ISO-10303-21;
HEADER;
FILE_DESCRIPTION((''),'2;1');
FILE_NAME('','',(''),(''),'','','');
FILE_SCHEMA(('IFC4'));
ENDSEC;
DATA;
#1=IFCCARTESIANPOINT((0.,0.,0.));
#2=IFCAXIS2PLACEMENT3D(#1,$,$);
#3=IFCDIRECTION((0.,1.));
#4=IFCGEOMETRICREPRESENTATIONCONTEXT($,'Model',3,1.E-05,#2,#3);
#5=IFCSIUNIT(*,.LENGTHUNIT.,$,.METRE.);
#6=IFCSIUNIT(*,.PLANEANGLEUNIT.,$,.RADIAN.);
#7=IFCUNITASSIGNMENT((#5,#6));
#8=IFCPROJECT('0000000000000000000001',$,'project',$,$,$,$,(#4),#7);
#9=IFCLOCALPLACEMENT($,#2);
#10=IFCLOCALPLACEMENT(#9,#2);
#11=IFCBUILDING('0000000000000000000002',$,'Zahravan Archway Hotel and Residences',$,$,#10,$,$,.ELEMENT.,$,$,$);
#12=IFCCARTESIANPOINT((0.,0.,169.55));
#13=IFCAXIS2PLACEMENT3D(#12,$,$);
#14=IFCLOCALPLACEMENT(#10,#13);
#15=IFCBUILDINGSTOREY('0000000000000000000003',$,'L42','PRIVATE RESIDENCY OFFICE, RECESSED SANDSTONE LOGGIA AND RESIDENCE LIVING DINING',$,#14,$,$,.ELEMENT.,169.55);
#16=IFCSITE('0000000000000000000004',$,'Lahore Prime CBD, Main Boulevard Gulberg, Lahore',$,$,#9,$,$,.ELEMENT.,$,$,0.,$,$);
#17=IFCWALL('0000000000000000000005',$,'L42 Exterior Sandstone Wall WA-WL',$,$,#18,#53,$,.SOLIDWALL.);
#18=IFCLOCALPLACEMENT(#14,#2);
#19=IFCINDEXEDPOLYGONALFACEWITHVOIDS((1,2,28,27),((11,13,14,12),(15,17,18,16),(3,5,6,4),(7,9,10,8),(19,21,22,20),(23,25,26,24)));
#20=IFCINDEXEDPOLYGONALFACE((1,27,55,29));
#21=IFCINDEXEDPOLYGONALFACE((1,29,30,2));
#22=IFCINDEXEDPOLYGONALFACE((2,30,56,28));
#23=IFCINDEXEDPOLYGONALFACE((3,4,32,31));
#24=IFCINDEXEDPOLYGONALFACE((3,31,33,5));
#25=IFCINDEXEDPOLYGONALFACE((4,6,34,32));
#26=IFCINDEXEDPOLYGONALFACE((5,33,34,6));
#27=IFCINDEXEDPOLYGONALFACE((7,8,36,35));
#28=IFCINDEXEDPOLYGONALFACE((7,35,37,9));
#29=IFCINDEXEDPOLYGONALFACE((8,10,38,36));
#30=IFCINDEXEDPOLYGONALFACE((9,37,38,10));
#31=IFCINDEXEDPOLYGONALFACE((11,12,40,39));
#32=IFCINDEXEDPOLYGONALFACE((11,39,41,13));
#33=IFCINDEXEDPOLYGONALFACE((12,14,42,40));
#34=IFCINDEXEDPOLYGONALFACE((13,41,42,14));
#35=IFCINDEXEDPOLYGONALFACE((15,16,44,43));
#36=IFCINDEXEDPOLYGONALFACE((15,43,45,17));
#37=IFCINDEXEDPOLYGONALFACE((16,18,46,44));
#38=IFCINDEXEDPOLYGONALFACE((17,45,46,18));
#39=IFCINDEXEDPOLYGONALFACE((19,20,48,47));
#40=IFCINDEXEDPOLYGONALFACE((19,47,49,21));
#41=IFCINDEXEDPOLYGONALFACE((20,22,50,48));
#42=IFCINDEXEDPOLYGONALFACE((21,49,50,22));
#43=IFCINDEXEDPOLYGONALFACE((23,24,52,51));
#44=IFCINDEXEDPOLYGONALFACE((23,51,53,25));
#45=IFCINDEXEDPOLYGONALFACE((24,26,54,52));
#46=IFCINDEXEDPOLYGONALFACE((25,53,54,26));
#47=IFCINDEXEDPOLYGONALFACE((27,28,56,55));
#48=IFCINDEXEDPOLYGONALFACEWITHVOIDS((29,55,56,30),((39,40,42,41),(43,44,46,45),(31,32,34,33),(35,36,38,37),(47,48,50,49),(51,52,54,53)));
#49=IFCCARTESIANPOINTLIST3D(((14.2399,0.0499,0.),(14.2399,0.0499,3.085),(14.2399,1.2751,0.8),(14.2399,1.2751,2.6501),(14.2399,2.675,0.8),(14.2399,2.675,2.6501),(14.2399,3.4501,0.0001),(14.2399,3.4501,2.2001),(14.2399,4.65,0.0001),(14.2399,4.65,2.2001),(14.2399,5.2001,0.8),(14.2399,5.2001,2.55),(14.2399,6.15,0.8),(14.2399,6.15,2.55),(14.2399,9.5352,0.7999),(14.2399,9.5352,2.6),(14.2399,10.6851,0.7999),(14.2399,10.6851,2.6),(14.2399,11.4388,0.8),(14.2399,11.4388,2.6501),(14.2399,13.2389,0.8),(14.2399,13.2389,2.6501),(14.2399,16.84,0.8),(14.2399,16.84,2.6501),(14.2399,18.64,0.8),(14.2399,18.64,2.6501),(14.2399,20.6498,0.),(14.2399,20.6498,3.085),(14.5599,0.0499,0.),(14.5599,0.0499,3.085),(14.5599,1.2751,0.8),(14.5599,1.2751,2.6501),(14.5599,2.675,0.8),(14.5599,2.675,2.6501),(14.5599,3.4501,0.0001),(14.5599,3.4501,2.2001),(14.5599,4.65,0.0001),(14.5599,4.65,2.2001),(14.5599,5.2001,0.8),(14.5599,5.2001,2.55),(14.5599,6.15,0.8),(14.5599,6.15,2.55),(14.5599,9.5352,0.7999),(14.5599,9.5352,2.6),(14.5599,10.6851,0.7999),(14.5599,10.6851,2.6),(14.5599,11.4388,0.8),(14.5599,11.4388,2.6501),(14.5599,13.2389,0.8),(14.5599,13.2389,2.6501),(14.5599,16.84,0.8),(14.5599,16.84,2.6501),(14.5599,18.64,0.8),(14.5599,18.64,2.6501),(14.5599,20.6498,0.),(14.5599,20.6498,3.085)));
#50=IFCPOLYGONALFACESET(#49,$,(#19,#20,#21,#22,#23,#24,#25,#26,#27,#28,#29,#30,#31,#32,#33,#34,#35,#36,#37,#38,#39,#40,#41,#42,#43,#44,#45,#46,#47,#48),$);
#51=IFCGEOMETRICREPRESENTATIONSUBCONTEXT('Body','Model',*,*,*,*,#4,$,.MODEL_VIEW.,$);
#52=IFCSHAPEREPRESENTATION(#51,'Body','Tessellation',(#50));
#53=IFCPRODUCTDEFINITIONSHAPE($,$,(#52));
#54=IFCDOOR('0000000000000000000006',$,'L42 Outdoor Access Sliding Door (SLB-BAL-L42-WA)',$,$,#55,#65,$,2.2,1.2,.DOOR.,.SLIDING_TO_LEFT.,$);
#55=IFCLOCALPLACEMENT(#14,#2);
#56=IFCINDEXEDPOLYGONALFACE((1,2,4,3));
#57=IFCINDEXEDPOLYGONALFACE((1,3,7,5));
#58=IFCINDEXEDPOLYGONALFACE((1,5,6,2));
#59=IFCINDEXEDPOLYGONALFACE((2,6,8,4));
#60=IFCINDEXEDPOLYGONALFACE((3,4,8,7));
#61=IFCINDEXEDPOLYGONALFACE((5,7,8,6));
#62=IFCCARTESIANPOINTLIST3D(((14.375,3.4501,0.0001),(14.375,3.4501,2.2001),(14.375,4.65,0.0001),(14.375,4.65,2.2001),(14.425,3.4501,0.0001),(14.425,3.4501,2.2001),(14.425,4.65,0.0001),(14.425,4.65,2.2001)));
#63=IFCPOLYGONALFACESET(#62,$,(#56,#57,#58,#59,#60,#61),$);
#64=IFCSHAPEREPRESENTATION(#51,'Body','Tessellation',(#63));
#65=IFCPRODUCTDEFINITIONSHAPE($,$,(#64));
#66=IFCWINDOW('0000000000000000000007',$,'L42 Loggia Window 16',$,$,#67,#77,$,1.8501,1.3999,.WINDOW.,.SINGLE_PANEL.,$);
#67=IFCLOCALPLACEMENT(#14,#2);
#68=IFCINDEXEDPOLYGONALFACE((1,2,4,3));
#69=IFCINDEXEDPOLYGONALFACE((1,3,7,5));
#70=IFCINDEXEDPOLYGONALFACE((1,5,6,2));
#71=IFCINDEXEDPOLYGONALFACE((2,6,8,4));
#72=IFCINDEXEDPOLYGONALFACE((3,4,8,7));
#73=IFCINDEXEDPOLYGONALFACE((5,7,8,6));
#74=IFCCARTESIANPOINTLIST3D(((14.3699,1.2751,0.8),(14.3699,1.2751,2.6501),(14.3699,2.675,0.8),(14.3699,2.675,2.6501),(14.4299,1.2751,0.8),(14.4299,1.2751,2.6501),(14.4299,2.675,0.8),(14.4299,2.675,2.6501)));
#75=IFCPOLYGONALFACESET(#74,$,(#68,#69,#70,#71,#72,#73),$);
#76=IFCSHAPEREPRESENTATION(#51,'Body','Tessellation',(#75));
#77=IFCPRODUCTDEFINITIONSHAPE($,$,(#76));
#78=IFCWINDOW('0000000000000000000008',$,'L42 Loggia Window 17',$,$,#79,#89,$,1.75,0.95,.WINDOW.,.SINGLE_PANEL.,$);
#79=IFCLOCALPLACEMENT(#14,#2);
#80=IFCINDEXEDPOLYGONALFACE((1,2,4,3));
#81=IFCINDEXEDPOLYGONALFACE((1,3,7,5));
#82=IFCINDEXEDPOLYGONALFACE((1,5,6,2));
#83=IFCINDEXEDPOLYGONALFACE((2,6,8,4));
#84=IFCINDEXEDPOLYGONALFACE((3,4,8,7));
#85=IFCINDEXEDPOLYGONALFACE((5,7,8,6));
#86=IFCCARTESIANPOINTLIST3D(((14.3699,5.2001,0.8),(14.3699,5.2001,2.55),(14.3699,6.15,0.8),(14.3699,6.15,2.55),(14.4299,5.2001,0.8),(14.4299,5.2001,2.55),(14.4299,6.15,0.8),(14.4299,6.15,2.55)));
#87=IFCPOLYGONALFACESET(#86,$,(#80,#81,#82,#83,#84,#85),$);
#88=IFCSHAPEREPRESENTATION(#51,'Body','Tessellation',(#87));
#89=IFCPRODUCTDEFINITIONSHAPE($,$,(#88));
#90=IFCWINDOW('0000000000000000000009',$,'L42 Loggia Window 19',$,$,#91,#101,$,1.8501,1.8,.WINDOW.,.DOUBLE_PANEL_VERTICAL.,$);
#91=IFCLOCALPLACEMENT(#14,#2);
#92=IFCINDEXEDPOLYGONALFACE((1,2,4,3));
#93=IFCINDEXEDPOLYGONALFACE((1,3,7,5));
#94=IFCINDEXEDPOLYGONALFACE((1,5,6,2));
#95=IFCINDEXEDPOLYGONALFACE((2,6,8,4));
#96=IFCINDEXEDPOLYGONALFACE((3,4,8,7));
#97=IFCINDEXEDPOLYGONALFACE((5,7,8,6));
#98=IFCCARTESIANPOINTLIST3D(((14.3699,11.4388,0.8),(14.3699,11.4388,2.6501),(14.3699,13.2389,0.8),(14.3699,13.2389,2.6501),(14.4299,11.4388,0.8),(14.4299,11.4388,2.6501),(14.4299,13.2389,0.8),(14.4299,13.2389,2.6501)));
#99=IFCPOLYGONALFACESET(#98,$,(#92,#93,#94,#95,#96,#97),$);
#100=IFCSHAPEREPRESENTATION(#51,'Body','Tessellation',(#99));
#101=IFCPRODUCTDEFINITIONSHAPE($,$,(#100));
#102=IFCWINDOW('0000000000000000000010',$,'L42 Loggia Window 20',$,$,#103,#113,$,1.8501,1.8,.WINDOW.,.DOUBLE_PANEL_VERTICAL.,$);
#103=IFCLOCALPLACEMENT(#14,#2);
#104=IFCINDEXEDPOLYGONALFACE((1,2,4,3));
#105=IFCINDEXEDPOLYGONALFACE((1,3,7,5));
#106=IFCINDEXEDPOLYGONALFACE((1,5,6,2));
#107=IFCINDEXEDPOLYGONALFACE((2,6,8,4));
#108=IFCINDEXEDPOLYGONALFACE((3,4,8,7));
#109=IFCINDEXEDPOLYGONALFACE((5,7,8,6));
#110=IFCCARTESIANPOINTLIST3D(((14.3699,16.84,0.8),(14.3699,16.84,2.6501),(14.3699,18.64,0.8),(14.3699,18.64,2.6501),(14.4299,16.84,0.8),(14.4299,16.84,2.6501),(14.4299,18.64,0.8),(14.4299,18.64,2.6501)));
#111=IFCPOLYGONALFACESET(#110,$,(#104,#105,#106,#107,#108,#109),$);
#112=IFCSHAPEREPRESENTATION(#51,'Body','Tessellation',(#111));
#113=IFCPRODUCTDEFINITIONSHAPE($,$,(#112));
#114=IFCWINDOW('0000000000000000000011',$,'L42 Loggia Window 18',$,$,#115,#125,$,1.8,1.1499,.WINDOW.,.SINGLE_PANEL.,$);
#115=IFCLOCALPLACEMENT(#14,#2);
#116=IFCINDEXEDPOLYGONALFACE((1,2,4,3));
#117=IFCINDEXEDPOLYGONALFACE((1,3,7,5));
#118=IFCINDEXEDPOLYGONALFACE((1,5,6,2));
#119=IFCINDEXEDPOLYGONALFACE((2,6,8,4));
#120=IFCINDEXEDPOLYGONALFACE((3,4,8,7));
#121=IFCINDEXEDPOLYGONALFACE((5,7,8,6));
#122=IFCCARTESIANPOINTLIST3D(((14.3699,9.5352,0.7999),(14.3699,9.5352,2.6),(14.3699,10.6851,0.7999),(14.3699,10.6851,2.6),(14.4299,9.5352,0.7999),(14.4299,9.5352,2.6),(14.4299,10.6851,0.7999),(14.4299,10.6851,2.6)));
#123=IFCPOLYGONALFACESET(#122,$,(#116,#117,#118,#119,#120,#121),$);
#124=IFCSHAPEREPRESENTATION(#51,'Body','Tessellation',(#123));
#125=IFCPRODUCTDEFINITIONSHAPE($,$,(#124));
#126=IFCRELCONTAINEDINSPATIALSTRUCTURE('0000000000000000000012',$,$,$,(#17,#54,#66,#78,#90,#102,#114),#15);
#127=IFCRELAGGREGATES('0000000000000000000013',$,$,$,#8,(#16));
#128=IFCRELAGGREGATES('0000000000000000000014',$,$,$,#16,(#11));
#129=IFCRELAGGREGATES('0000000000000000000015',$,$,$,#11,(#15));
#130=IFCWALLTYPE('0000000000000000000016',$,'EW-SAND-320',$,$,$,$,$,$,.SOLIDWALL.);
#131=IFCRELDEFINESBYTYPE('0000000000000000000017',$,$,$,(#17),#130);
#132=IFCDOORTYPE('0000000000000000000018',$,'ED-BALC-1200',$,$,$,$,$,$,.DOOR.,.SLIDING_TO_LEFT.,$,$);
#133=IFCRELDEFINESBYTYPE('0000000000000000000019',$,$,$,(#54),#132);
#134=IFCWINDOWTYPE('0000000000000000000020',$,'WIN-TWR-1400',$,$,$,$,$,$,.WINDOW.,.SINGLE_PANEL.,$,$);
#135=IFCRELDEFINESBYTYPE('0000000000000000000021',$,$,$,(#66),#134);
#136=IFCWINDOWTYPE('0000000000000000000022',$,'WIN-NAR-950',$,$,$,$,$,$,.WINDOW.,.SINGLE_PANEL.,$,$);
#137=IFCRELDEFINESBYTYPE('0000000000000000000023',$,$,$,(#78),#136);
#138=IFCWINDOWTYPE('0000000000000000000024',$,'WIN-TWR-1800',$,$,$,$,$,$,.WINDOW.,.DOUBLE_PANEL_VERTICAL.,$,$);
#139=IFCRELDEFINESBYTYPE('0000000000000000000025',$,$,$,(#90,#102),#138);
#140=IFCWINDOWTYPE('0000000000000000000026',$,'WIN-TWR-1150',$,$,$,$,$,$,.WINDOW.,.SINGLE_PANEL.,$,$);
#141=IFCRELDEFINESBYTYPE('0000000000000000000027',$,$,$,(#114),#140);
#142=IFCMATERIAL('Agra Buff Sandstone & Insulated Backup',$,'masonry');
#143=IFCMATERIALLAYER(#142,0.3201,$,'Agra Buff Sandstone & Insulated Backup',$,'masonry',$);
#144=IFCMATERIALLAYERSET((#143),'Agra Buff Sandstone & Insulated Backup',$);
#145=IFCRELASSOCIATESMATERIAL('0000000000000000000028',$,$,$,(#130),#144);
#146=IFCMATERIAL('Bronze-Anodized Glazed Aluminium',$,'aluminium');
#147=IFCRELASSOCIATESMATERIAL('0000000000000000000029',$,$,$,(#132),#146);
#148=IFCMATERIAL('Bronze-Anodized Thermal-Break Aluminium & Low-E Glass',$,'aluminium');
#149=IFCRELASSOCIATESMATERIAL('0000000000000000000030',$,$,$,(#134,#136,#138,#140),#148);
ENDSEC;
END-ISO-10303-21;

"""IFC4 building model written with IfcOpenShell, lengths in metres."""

from ifc_helpers import new_model, si_unit, direction, frame, frame_2d, origin, place, context, subcontext, project, spatial, rectangle, extrude, source, transform, mapped, material, layer, layer_set, type_object, type_shapes, element, fill, save


model = new_model("IFC4")

# Units and contexts
model_context = context("Model", 3, precision=1e-05, world=origin(), true_north=direction((0.0, 1.0)))
body_context = subcontext(model_context, "Body", "Model", "MODEL_VIEW")
ifc_project = project(units=[si_unit("LENGTHUNIT", "METRE"), si_unit("PLANEANGLEUNIT", "RADIAN")], contexts=[model_context])

# Site, building, storey
site_placement = place(None, origin())
site = spatial("IfcSite", under=ifc_project, at=site_placement, Name="Lahore Prime CBD, Main Boulevard Gulberg, Lahore", CompositionType="ELEMENT", RefElevation=0.0)
building_placement = place(site_placement, origin())
building = spatial("IfcBuilding", under=site, at=building_placement, Name="Zahravan Archway Hotel and Residences", CompositionType="ELEMENT")
storey_placement = place(building_placement, frame((0.0, 0.0, 169.55)))
storey = spatial("IfcBuildingStorey", under=building, at=storey_placement, Name="L42", Description="PRIVATE RESIDENCY OFFICE, RECESSED SANDSTONE LOGGIA AND RESIDENCE LIVING DINING", CompositionType="ELEMENT", Elevation=169.55)

# Wall, openings, door, windows
ifc_material_1 = material(Name="Agra Buff Sandstone & Insulated Backup", Category="masonry")
ifc_layer = layer(ifc_material_1, 0.3201, Name="Agra Buff Sandstone & Insulated Backup", Category="masonry")
ifc_layer_set = layer_set([ifc_layer], Name="Agra Buff Sandstone & Insulated Backup")
wall_type = type_object("IfcWallType", Name="EW-SAND-320", PredefinedType="SOLIDWALL", material=ifc_layer_set)
ifc_material_2 = material(Name="Bronze-Anodized Glazed Aluminium", Category="aluminium")
door_type = type_object("IfcDoorType", Name="ED-BALC-1200", OperationType="SLIDING_TO_LEFT", PredefinedType="DOOR", material=ifc_material_2)
shared_shape_1 = source(origin(), body_context, "Body", "SweptSolid", [
    extrude(rectangle(XDim=1.2, YDim=2.2, at=frame_2d((0.6001, 1.1001))), frame((0.0, 0.0249, 0.0), z_axis=(0.0, -1.0, 0.0), x_axis=(1.0, 0.0, 0.0)), (0.0, 0.0, 1.0), 0.05),
])
type_shapes(door_type, [shared_shape_1])
ifc_material_3 = material(Name="Bronze-Anodized Thermal-Break Aluminium & Low-E Glass", Category="aluminium")
window_type_1 = type_object("IfcWindowType", Name="WIN-TWR-1400", PartitioningType="SINGLE_PANEL", PredefinedType="WINDOW", material=ifc_material_3)
shared_shape_2 = source(origin(), body_context, "Body", "SweptSolid", [
    extrude(rectangle(XDim=1.3999, YDim=1.8501, at=frame_2d((0.7, 0.925))), frame((0.0, 0.03, 0.0), z_axis=(0.0, -1.0, 0.0), x_axis=(1.0, 0.0, 0.0)), (0.0, 0.0, 1.0), 0.0601),
])
type_shapes(window_type_1, [shared_shape_2])
window_type_2 = type_object("IfcWindowType", Name="WIN-NAR-950", PartitioningType="SINGLE_PANEL", PredefinedType="WINDOW", material=ifc_material_3)
shared_shape_3 = source(origin(), body_context, "Body", "SweptSolid", [
    extrude(rectangle(XDim=0.95, YDim=1.75, at=frame_2d((0.4751, 0.875))), frame((0.0, 0.03, 0.0), z_axis=(0.0, -1.0, 0.0), x_axis=(1.0, 0.0, 0.0)), (0.0, 0.0, 1.0), 0.0601),
])
type_shapes(window_type_2, [shared_shape_3])
window_type_3 = type_object("IfcWindowType", Name="WIN-TWR-1800", PartitioningType="DOUBLE_PANEL_VERTICAL", PredefinedType="WINDOW", material=ifc_material_3)
shared_shape_4 = source(origin(), body_context, "Body", "SweptSolid", [
    extrude(rectangle(XDim=1.8, YDim=1.8501, at=frame_2d((0.8999, 0.925))), frame((0.0, 0.03, 0.0), z_axis=(0.0, -1.0, 0.0), x_axis=(1.0, 0.0, 0.0)), (0.0, 0.0, 1.0), 0.0601),
])
type_shapes(window_type_3, [shared_shape_4])
window_type_4 = type_object("IfcWindowType", Name="WIN-TWR-1150", PartitioningType="SINGLE_PANEL", PredefinedType="WINDOW", material=ifc_material_3)
shared_shape_5 = source(origin(), body_context, "Body", "SweptSolid", [
    extrude(rectangle(XDim=1.1499, YDim=1.8, at=frame_2d((0.575, 0.8999))), frame((0.0, 0.03, 0.0), z_axis=(0.0, -1.0, 0.0), x_axis=(1.0, 0.0, 0.0)), (0.0, 0.0, 1.0), 0.0601),
])
type_shapes(window_type_4, [shared_shape_5])
wall_1_placement = place(storey_placement, frame((14.3999, 0.05, 0.0), z_axis=(0.0, 0.0, 1.0), x_axis=(0.0, 1.0, 0.0)))
wall_1 = element("IfcWall", 1, at=wall_1_placement, inside=storey, type_object=wall_type, Name="L42 Exterior Sandstone Wall WA-WL", PredefinedType="SOLIDWALL", context=body_context, shape_type="SweptSolid", body=[
    extrude(rectangle(XDim=20.5999, YDim=0.3201, at=frame_2d((10.2998, 0.0))), origin(), (0.0, 0.0, 1.0), 3.085),
])
opening_1_placement = place(wall_1_placement, frame((3.3999, 0.0, 0.0)))
opening_1 = element("IfcOpeningElement", 2, at=opening_1_placement, cuts=wall_1, PredefinedType="OPENING", context=body_context, shape_type="SweptSolid", body=[
    extrude(rectangle(XDim=1.2, YDim=2.2, at=frame_2d((0.6001, 1.1001))), frame((0.0, 0.1699, 0.0), z_axis=(0.0, -1.0, 0.0), x_axis=(1.0, 0.0, 0.0)), (0.0, 0.0, 1.0), 0.3401),
])
opening_2_placement = place(wall_1_placement, frame((1.2251, 0.0, 0.8)))
opening_2 = element("IfcOpeningElement", 3, at=opening_2_placement, cuts=wall_1, PredefinedType="OPENING", context=body_context, shape_type="SweptSolid", body=[
    extrude(rectangle(XDim=1.3999, YDim=1.8501, at=frame_2d((0.7, 0.925))), frame((0.0, 0.1699, 0.0), z_axis=(0.0, -1.0, 0.0), x_axis=(1.0, 0.0, 0.0)), (0.0, 0.0, 1.0), 0.3401),
])
opening_3_placement = place(wall_1_placement, frame((5.1499, 0.0, 0.8)))
opening_3 = element("IfcOpeningElement", 4, at=opening_3_placement, cuts=wall_1, PredefinedType="OPENING", context=body_context, shape_type="SweptSolid", body=[
    extrude(rectangle(XDim=0.95, YDim=1.75, at=frame_2d((0.4751, 0.875))), frame((0.0, 0.1699, 0.0), z_axis=(0.0, -1.0, 0.0), x_axis=(1.0, 0.0, 0.0)), (0.0, 0.0, 1.0), 0.3401),
])
opening_4_placement = place(wall_1_placement, frame((9.4851, 0.0, 0.8)))
opening_4 = element("IfcOpeningElement", 5, at=opening_4_placement, cuts=wall_1, PredefinedType="OPENING", context=body_context, shape_type="SweptSolid", body=[
    extrude(rectangle(XDim=1.1499, YDim=1.8, at=frame_2d((0.575, 0.8999))), frame((0.0, 0.1699, 0.0), z_axis=(0.0, -1.0, 0.0), x_axis=(1.0, 0.0, 0.0)), (0.0, 0.0, 1.0), 0.3401),
])
opening_5_placement = place(wall_1_placement, frame((11.3889, 0.0, 0.8)))
opening_5 = element("IfcOpeningElement", 6, at=opening_5_placement, cuts=wall_1, PredefinedType="OPENING", context=body_context, shape_type="SweptSolid", body=[
    extrude(rectangle(XDim=1.8, YDim=1.8501, at=frame_2d((0.8999, 0.925))), frame((0.0, 0.1699, 0.0), z_axis=(0.0, -1.0, 0.0), x_axis=(1.0, 0.0, 0.0)), (0.0, 0.0, 1.0), 0.3401),
])
opening_6_placement = place(wall_1_placement, frame((16.79, 0.0, 0.8)))
opening_6 = element("IfcOpeningElement", 7, at=opening_6_placement, cuts=wall_1, PredefinedType="OPENING", context=body_context, shape_type="SweptSolid", body=[
    extrude(rectangle(XDim=1.8, YDim=1.8501, at=frame_2d((0.8999, 0.925))), frame((0.0, 0.1699, 0.0), z_axis=(0.0, -1.0, 0.0), x_axis=(1.0, 0.0, 0.0)), (0.0, 0.0, 1.0), 0.3401),
])
door_1_placement = place(opening_1_placement, origin())
door_1 = element("IfcDoor", 8, at=door_1_placement, inside=storey, type_object=door_type, Name="L42 Outdoor Access Sliding Door (SLB-BAL-L42-WA)", OperationType="SLIDING_TO_LEFT", OverallHeight=2.2, OverallWidth=1.2, PredefinedType="DOOR", context=body_context, shape_type="MappedRepresentation", body=[
    mapped(shared_shape_1, transform((0.0, 0.0, 0.0), scale=1.0)),
])
fill(opening_1, door_1)
window_1_placement = place(opening_2_placement, origin())
window_1 = element("IfcWindow", 9, at=window_1_placement, inside=storey, type_object=window_type_1, Name="L42 Loggia Window 16", OverallHeight=1.8501, OverallWidth=1.3999, PartitioningType="SINGLE_PANEL", PredefinedType="WINDOW", context=body_context, shape_type="MappedRepresentation", body=[
    mapped(shared_shape_2, transform((0.0, 0.0, 0.0), scale=1.0)),
])
fill(opening_2, window_1)
window_2_placement = place(opening_3_placement, origin())
window_2 = element("IfcWindow", 10, at=window_2_placement, inside=storey, type_object=window_type_2, Name="L42 Loggia Window 17", OverallHeight=1.75, OverallWidth=0.95, PartitioningType="SINGLE_PANEL", PredefinedType="WINDOW", context=body_context, shape_type="MappedRepresentation", body=[
    mapped(shared_shape_3, transform((0.0, 0.0, 0.0), scale=1.0)),
])
fill(opening_3, window_2)
window_3_placement = place(opening_5_placement, origin())
window_3 = element("IfcWindow", 11, at=window_3_placement, inside=storey, type_object=window_type_3, Name="L42 Loggia Window 19", OverallHeight=1.8501, OverallWidth=1.8, PartitioningType="DOUBLE_PANEL_VERTICAL", PredefinedType="WINDOW", context=body_context, shape_type="MappedRepresentation", body=[
    mapped(shared_shape_4, transform((0.0, 0.0, 0.0), scale=1.0)),
])
fill(opening_5, window_3)
window_4_placement = place(opening_6_placement, origin())
window_4 = element("IfcWindow", 12, at=window_4_placement, inside=storey, type_object=window_type_3, Name="L42 Loggia Window 20", OverallHeight=1.8501, OverallWidth=1.8, PartitioningType="DOUBLE_PANEL_VERTICAL", PredefinedType="WINDOW", context=body_context, shape_type="MappedRepresentation", body=[
    mapped(shared_shape_4, transform((0.0, 0.0, 0.0), scale=1.0)),
])
fill(opening_6, window_4)
window_5_placement = place(opening_4_placement, origin())
window_5 = element("IfcWindow", 13, at=window_5_placement, inside=storey, type_object=window_type_4, Name="L42 Loggia Window 18", OverallHeight=1.8, OverallWidth=1.1499, PartitioningType="SINGLE_PANEL", PredefinedType="WINDOW", context=body_context, shape_type="MappedRepresentation", body=[
    mapped(shared_shape_5, transform((0.0, 0.0, 0.0), scale=1.0)),
])
fill(opening_4, window_5)

save(model, "model.ifc")
